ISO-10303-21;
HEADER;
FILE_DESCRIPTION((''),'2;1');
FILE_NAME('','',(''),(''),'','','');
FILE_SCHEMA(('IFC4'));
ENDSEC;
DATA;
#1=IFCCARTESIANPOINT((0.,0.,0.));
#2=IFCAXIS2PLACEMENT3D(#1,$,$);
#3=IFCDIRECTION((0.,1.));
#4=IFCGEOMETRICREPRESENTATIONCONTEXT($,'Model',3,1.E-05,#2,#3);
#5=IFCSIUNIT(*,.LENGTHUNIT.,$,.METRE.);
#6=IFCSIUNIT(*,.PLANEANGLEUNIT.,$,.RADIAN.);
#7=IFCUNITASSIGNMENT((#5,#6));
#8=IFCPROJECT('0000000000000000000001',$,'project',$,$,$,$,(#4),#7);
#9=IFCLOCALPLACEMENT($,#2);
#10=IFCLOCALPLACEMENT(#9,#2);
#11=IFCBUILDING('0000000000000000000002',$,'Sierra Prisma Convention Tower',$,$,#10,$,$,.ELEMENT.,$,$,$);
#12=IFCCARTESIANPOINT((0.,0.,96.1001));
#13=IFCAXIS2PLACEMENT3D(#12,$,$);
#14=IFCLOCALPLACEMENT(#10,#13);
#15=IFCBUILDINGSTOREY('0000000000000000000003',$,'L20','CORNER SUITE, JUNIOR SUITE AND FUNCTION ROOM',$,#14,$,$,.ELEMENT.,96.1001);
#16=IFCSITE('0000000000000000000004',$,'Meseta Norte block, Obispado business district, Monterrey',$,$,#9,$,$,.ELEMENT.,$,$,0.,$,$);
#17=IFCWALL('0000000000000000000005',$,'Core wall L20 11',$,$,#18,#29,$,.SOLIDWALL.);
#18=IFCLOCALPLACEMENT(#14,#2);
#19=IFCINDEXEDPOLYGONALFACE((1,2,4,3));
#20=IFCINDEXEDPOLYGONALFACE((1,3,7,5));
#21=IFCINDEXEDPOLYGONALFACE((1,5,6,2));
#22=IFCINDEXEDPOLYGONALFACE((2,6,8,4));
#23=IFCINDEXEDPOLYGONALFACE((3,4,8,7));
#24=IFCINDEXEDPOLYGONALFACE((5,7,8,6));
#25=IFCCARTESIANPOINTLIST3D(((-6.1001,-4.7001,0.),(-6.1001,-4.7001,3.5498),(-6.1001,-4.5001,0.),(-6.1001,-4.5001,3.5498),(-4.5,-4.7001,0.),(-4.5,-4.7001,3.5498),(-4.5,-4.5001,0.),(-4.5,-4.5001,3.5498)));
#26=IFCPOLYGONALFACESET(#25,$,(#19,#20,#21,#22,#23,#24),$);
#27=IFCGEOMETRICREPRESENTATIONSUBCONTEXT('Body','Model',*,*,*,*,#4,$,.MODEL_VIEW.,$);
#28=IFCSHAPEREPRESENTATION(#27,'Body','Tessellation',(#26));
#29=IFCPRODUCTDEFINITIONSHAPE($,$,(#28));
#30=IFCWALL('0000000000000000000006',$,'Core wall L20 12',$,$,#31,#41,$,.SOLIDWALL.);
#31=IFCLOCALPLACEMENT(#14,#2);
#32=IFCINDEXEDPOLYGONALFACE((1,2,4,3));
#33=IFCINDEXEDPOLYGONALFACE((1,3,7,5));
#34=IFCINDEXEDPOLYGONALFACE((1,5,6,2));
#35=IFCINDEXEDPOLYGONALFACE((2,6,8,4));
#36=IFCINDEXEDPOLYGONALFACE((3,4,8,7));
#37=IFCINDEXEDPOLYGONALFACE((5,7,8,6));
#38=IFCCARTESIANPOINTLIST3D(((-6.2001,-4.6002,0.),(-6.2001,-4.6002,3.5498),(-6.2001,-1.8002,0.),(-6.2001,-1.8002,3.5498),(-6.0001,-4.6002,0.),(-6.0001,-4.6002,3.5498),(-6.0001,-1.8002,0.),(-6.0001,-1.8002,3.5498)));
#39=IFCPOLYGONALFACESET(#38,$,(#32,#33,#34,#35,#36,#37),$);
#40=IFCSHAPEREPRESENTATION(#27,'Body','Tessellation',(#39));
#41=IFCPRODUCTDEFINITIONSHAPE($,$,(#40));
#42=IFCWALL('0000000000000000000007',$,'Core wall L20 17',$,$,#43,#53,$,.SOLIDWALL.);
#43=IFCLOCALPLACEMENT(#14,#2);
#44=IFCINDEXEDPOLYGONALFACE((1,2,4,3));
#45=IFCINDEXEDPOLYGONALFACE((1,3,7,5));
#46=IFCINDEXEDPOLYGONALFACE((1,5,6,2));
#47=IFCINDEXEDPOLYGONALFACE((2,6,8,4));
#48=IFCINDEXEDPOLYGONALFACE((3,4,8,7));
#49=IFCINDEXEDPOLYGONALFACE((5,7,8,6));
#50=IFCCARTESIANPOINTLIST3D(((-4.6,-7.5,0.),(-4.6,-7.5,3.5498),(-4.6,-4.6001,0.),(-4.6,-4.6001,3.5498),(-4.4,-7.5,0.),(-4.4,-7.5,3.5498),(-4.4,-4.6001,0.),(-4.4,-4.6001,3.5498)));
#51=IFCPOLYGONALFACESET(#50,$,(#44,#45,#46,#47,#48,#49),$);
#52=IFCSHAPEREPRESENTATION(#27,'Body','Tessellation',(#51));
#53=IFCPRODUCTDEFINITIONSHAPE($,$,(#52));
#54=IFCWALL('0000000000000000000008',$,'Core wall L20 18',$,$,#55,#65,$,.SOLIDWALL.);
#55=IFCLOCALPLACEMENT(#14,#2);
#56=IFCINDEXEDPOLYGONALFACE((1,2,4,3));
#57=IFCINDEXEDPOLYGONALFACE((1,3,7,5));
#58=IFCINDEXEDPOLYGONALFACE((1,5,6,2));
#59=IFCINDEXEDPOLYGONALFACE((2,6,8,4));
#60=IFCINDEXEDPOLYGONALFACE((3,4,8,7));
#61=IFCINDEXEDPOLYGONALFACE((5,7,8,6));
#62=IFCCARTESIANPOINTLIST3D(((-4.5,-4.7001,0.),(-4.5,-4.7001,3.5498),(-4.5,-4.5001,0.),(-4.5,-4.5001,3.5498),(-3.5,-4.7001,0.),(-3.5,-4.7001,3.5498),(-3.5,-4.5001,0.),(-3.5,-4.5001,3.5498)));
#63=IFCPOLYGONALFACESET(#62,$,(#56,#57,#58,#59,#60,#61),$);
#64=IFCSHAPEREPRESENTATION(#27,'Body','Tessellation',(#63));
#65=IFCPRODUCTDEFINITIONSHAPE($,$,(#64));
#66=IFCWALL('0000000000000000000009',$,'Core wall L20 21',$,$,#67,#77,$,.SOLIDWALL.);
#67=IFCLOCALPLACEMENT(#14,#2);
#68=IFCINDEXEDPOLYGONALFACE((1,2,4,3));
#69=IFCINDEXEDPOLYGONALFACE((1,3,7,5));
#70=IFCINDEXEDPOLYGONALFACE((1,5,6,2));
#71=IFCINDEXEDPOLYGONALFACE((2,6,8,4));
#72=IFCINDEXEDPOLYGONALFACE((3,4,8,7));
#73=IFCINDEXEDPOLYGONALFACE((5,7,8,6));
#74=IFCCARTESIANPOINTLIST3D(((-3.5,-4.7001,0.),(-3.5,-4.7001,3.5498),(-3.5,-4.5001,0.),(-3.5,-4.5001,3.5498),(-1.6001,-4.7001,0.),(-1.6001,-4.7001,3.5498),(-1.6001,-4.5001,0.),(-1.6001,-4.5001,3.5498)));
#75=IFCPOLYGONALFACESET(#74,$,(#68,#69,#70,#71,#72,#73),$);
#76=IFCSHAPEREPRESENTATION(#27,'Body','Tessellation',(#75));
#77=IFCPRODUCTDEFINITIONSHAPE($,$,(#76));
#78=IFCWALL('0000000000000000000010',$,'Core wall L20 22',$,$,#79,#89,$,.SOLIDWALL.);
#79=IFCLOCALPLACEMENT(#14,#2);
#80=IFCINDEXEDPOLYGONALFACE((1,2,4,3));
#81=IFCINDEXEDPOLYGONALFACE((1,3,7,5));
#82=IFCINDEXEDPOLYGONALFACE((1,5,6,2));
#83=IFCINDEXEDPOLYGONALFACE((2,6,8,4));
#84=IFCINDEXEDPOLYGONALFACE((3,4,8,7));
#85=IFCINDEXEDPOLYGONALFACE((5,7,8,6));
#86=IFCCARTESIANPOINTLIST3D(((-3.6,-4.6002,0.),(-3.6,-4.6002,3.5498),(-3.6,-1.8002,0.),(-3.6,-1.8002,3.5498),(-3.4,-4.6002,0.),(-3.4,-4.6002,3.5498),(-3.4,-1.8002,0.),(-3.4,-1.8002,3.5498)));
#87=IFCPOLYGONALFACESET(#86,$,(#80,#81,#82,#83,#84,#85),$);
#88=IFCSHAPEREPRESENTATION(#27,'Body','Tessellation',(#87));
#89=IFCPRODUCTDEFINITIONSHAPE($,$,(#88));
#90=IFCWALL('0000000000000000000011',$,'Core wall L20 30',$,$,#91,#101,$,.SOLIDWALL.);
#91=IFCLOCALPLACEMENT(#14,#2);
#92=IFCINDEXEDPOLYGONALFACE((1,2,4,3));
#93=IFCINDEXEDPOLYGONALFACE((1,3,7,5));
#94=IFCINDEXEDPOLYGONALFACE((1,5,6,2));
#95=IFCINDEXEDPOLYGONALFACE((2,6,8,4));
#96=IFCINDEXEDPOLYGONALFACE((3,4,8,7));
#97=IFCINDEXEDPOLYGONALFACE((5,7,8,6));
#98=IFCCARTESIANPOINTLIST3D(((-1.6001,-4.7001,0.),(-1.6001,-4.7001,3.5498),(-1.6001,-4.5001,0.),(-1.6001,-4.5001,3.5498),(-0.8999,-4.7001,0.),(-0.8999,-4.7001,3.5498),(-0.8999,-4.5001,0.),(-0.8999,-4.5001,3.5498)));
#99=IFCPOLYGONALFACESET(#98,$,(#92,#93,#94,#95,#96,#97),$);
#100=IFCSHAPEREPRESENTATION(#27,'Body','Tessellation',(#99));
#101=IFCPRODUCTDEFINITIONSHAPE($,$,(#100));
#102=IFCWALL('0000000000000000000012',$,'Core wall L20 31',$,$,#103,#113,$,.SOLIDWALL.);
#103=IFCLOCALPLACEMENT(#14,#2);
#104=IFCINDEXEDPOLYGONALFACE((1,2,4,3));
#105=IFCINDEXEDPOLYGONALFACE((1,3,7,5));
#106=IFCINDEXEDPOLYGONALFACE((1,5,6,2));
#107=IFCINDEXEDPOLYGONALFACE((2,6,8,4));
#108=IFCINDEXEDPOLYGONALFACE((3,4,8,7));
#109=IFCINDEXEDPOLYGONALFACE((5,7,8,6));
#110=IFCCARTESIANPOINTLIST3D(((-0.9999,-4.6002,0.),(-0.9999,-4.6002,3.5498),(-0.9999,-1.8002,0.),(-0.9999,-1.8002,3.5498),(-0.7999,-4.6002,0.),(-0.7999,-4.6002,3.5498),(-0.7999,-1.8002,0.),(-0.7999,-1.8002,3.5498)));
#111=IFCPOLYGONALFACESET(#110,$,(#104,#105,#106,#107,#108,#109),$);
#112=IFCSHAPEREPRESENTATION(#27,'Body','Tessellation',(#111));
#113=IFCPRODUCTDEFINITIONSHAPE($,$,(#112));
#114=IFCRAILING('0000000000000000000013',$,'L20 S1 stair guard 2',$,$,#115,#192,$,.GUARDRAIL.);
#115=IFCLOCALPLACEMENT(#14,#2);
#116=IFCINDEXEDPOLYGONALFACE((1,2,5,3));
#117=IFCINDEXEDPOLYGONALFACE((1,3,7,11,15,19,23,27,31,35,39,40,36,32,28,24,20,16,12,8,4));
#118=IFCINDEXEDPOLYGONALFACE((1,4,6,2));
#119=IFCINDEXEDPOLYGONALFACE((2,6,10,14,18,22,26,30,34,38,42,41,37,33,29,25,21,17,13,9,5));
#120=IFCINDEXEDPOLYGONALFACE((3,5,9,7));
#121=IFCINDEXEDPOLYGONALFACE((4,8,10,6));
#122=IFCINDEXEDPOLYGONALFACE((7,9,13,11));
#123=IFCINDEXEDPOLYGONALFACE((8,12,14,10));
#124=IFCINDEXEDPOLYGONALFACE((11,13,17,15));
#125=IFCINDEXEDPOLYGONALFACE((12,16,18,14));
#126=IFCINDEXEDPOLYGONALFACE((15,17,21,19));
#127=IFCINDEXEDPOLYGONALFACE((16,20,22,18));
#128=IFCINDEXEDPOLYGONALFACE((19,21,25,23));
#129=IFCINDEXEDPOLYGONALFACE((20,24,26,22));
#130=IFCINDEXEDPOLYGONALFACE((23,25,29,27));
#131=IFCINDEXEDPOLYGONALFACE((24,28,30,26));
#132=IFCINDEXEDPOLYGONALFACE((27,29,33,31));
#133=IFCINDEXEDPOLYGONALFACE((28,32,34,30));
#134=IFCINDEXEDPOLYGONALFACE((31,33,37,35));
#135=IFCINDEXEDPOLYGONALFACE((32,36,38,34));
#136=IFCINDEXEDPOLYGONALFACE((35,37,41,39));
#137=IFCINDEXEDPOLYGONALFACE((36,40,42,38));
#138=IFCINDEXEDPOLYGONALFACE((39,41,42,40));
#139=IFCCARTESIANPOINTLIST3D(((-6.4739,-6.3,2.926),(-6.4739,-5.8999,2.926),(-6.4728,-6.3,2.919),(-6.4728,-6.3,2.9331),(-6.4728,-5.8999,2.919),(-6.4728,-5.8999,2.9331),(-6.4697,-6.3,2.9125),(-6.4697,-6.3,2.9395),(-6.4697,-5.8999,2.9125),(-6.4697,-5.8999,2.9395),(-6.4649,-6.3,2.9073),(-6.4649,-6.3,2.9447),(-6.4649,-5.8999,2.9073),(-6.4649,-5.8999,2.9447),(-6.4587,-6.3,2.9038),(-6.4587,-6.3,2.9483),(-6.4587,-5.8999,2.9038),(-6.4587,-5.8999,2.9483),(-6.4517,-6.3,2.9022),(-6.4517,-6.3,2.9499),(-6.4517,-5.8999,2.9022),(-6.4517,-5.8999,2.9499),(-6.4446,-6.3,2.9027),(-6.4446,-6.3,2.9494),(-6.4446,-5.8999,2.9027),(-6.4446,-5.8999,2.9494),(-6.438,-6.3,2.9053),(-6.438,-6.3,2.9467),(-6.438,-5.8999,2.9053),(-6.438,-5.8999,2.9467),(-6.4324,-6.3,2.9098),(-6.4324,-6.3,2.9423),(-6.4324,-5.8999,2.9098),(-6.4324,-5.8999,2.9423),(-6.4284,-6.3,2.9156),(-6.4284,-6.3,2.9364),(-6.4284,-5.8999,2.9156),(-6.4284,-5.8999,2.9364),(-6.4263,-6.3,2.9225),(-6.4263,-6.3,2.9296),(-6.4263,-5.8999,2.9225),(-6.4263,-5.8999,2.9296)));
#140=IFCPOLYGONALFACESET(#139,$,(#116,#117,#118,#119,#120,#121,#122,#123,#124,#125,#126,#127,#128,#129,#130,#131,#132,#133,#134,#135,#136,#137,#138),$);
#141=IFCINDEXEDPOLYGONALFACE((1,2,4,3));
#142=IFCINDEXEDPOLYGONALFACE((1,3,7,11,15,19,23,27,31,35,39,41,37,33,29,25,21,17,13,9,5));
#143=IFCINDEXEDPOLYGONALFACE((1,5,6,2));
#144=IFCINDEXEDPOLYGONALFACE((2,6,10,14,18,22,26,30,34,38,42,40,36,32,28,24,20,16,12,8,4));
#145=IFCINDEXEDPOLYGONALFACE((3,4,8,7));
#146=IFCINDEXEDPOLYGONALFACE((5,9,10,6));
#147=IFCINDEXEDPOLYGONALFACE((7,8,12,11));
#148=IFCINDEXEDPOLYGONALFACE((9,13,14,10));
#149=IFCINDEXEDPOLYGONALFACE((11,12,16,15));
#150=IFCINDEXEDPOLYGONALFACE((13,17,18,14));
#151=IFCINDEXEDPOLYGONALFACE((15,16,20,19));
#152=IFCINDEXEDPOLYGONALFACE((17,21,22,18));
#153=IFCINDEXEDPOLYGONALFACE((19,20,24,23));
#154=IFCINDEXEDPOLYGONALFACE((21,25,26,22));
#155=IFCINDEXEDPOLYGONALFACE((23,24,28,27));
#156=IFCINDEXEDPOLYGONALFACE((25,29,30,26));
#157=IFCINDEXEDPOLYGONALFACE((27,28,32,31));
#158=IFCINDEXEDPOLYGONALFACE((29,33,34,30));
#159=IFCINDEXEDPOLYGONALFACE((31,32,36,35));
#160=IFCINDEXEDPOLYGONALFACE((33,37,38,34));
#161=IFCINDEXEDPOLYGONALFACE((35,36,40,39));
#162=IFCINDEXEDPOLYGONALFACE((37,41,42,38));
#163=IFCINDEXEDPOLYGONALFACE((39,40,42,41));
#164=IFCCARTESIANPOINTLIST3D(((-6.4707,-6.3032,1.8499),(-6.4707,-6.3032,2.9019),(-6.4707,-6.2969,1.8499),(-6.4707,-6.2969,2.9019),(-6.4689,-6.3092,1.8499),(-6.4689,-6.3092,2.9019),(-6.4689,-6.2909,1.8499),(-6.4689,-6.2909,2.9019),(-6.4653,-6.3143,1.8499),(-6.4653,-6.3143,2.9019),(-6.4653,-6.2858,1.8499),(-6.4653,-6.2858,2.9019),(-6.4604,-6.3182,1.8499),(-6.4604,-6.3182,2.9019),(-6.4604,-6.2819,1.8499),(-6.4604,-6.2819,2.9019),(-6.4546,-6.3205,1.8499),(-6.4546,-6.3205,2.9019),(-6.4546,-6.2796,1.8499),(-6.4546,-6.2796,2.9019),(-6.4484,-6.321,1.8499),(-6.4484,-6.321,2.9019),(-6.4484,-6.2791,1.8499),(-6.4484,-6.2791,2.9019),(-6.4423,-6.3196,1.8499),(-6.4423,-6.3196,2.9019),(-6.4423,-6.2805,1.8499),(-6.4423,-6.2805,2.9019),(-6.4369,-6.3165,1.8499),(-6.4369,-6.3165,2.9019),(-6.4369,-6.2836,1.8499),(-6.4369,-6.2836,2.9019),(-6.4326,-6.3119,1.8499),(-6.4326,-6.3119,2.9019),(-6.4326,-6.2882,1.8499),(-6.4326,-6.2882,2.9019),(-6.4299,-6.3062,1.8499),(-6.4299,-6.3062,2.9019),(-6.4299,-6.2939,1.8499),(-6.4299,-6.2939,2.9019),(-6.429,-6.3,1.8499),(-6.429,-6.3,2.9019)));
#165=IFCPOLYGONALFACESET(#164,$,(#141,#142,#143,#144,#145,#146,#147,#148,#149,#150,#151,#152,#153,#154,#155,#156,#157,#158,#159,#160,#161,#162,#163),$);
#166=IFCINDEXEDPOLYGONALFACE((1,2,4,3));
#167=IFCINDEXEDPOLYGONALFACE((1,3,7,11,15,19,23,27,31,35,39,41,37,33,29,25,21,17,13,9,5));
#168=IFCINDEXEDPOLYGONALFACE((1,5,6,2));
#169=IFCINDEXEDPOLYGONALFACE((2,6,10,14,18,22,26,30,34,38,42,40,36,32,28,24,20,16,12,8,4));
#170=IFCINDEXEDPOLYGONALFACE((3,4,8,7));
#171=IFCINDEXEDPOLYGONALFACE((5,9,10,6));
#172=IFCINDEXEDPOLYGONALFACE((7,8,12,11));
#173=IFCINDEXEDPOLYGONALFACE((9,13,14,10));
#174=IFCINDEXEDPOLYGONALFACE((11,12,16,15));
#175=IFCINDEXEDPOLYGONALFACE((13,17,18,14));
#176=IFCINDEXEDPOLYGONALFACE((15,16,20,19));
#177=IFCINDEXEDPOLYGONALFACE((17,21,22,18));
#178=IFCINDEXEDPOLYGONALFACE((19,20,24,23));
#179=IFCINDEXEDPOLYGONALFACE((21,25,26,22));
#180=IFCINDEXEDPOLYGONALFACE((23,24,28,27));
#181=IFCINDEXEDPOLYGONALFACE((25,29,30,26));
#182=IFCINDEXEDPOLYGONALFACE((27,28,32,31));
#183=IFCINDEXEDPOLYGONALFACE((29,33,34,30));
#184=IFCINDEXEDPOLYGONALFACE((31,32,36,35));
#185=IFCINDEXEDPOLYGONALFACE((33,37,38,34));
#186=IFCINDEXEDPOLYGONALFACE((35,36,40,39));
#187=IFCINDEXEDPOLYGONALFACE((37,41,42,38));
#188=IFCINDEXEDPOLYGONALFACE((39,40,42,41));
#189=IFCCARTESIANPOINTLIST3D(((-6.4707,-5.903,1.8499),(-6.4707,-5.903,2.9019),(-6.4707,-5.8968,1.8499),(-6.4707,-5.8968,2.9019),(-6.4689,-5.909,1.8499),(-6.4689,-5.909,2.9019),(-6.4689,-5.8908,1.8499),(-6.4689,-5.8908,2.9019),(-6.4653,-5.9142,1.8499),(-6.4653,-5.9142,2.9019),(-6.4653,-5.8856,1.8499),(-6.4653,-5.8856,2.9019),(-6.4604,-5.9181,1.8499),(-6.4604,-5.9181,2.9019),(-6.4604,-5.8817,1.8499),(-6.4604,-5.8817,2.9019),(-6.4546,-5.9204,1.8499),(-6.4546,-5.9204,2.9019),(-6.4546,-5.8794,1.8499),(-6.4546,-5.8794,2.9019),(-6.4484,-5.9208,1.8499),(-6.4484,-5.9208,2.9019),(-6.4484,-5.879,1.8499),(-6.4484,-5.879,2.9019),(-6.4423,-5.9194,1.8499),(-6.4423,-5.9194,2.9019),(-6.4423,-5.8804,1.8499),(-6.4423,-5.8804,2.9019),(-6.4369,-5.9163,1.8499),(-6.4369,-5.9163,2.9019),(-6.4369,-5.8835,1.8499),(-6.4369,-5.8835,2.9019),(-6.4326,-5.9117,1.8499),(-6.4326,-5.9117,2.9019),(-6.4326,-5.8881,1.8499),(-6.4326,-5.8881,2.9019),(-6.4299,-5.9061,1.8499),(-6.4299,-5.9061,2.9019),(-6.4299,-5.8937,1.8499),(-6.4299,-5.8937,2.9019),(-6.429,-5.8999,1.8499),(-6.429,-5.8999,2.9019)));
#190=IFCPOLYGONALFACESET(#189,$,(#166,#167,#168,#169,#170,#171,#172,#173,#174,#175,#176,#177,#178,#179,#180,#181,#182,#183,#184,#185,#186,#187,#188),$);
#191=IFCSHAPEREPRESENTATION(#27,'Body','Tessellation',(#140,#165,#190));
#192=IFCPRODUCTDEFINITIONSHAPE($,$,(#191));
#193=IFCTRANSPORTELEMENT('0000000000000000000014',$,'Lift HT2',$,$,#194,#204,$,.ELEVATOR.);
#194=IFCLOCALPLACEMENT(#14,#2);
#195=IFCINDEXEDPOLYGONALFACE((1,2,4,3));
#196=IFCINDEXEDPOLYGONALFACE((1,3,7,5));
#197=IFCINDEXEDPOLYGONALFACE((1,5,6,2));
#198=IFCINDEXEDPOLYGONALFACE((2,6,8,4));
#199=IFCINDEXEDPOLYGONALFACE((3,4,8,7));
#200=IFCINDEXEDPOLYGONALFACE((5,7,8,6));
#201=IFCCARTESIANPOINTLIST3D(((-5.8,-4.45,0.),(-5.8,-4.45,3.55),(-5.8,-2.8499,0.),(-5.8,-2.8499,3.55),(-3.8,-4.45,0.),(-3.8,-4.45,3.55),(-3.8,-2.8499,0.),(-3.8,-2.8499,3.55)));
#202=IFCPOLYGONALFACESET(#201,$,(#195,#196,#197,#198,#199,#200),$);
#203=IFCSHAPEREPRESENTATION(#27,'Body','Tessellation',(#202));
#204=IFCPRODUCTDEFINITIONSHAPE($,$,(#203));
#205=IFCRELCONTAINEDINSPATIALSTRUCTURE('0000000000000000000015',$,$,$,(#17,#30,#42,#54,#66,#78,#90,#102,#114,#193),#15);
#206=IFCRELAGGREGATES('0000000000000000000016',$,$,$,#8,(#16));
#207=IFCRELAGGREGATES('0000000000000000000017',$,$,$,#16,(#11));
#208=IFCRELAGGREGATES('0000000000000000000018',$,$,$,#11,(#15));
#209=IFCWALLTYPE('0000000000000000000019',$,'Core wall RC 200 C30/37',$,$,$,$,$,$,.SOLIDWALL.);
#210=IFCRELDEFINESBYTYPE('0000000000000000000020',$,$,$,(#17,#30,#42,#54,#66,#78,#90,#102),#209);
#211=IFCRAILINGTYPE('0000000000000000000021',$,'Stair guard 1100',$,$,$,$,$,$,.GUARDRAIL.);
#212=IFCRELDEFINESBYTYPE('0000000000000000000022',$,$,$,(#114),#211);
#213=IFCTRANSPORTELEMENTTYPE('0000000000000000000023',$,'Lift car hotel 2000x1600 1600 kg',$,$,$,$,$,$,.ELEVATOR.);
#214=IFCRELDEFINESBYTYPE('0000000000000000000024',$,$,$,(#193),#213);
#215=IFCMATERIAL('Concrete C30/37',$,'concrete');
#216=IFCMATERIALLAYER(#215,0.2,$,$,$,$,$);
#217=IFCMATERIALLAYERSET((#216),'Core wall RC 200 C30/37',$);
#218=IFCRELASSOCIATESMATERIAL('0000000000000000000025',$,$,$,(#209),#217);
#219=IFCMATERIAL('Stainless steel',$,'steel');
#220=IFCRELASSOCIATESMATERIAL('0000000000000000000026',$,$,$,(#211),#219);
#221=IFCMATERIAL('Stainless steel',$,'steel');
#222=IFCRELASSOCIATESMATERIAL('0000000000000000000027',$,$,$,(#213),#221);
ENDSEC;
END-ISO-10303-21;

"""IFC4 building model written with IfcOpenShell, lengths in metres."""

from ifc_helpers import new_model, si_unit, direction, frame, frame_2d, origin, origin_2d, place, context, subcontext, project, spatial, rectangle, circle, extrude, material, layer, layer_set, type_object, element, save


model = new_model("IFC4")

# Units and contexts
model_context = context("Model", 3, precision=1e-05, world=origin(), true_north=direction((0.0, 1.0)))
body_context = subcontext(model_context, "Body", "Model", "MODEL_VIEW")
ifc_project = project(units=[si_unit("LENGTHUNIT", "METRE"), si_unit("PLANEANGLEUNIT", "RADIAN")], contexts=[model_context])

# Site, building, storey
site_placement = place(None, origin())
site = spatial("IfcSite", under=ifc_project, at=site_placement, Name="Meseta Norte block, Obispado business district, Monterrey", CompositionType="ELEMENT", RefElevation=0.0)
building_placement = place(site_placement, origin())
building = spatial("IfcBuilding", under=site, at=building_placement, Name="Sierra Prisma Convention Tower", CompositionType="ELEMENT")
storey_placement = place(building_placement, frame((0.0, 0.0, 96.1001)))
storey = spatial("IfcBuildingStorey", under=building, at=storey_placement, Name="L20", Description="CORNER SUITE, JUNIOR SUITE AND FUNCTION ROOM", CompositionType="ELEMENT", Elevation=96.1001)

# Walls
ifc_material_1 = material(Name="Concrete C30/37", Category="concrete")
ifc_layer = layer(ifc_material_1, 0.2)
ifc_layer_set = layer_set([ifc_layer], Name="Core wall RC 200 C30/37")
wall_type = type_object("IfcWallType", Name="Core wall RC 200 C30/37", PredefinedType="SOLIDWALL", material=ifc_layer_set)
wall_1_placement = place(storey_placement, frame((-6.1001, -4.6001, 0.0), z_axis=(0.0, 0.0, 1.0), x_axis=(1.0, 0.0, 0.0)))
element("IfcWall", 1, at=wall_1_placement, inside=storey, type_object=wall_type, Name="Core wall L20 11", PredefinedType="SOLIDWALL", context=body_context, shape_type="SweptSolid", body=[
    extrude(rectangle(XDim=1.6001, YDim=0.2, at=frame_2d((0.8, 0.0))), origin(), (0.0, 0.0, 1.0), 3.5498),
])
wall_2_placement = place(storey_placement, frame((-6.1001, -4.6001, 0.0), z_axis=(0.0, 0.0, 1.0), x_axis=(0.0, 1.0, 0.0)))
element("IfcWall", 2, at=wall_2_placement, inside=storey, type_object=wall_type, Name="Core wall L20 12", PredefinedType="SOLIDWALL", context=body_context, shape_type="SweptSolid", body=[
    extrude(rectangle(XDim=2.8, YDim=0.2, at=frame_2d((1.3999, 0.0))), origin(), (0.0, 0.0, 1.0), 3.5498),
])

# Walls
wall_3_placement = place(storey_placement, frame((-4.5, -4.6001, 0.0), z_axis=(0.0, 0.0, 1.0), x_axis=(0.0, -1.0, 0.0)))
element("IfcWall", 3, at=wall_3_placement, inside=storey, type_object=wall_type, Name="Core wall L20 17", PredefinedType="SOLIDWALL", context=body_context, shape_type="SweptSolid", body=[
    extrude(rectangle(XDim=2.8999, YDim=0.2, at=frame_2d((1.45, 0.0))), origin(), (0.0, 0.0, 1.0), 3.5498),
])
wall_4_placement = place(storey_placement, frame((-4.5, -4.6001, 0.0), z_axis=(0.0, 0.0, 1.0), x_axis=(1.0, 0.0, 0.0)))
element("IfcWall", 4, at=wall_4_placement, inside=storey, type_object=wall_type, Name="Core wall L20 18", PredefinedType="SOLIDWALL", context=body_context, shape_type="SweptSolid", body=[
    extrude(rectangle(XDim=1.0, YDim=0.2, at=frame_2d((0.5, 0.0))), origin(), (0.0, 0.0, 1.0), 3.5498),
])
wall_5_placement = place(storey_placement, frame((-3.5, -4.6001, 0.0), z_axis=(0.0, 0.0, 1.0), x_axis=(1.0, 0.0, 0.0)))
element("IfcWall", 5, at=wall_5_placement, inside=storey, type_object=wall_type, Name="Core wall L20 21", PredefinedType="SOLIDWALL", context=body_context, shape_type="SweptSolid", body=[
    extrude(rectangle(XDim=1.8999, YDim=0.2, at=frame_2d((0.95, 0.0))), origin(), (0.0, 0.0, 1.0), 3.5498),
])
wall_6_placement = place(storey_placement, frame((-3.5, -4.6001, 0.0), z_axis=(0.0, 0.0, 1.0), x_axis=(0.0, 1.0, 0.0)))
element("IfcWall", 6, at=wall_6_placement, inside=storey, type_object=wall_type, Name="Core wall L20 22", PredefinedType="SOLIDWALL", context=body_context, shape_type="SweptSolid", body=[
    extrude(rectangle(XDim=2.8, YDim=0.2, at=frame_2d((1.3999, 0.0))), origin(), (0.0, 0.0, 1.0), 3.5498),
])

# Walls
wall_7_placement = place(storey_placement, frame((-1.6001, -4.6001, 0.0), z_axis=(0.0, 0.0, 1.0), x_axis=(1.0, 0.0, 0.0)))
element("IfcWall", 7, at=wall_7_placement, inside=storey, type_object=wall_type, Name="Core wall L20 30", PredefinedType="SOLIDWALL", context=body_context, shape_type="SweptSolid", body=[
    extrude(rectangle(XDim=0.7002, YDim=0.2, at=frame_2d((0.3501, 0.0))), origin(), (0.0, 0.0, 1.0), 3.5498),
])
wall_8_placement = place(storey_placement, frame((-0.8999, -4.6001, 0.0), z_axis=(0.0, 0.0, 1.0), x_axis=(0.0, 1.0, 0.0)))
element("IfcWall", 8, at=wall_8_placement, inside=storey, type_object=wall_type, Name="Core wall L20 31", PredefinedType="SOLIDWALL", context=body_context, shape_type="SweptSolid", body=[
    extrude(rectangle(XDim=2.8, YDim=0.2, at=frame_2d((1.3999, 0.0))), origin(), (0.0, 0.0, 1.0), 3.5498),
])

# Railing
ifc_material_2 = material(Name="Stainless steel", Category="steel")
railing_type = type_object("IfcRailingType", Name="Stair guard 1100", PredefinedType="GUARDRAIL", material=ifc_material_2)
railing_placement = place(storey_placement, frame((-6.45, -6.3, 1.8499)))
element("IfcRailing", 9, at=railing_placement, inside=storey, type_object=railing_type, Name="L20 S1 stair guard 2", PredefinedType="GUARDRAIL", context=body_context, shape_type="SweptSolid", body=[
    extrude(circle(Radius=0.0239, at=origin_2d()), frame((0.0, 0.0, 1.0762), z_axis=(0.0, 1.0, 0.0), x_axis=(-1.0, 0.0, 0.0)), (0.0, 0.0, 1.0), 0.4001),
    extrude(circle(Radius=0.021, at=origin_2d()), origin(), (0.0, 0.0, 1.0), 1.052),
    extrude(circle(Radius=0.021, at=origin_2d()), frame((0.0, 0.4001, 0.0)), (0.0, 0.0, 1.0), 1.052),
])

# Transport element
ifc_material_3 = material(Name="Stainless steel", Category="steel")
transport_element_type = type_object("IfcTransportElementType", Name="Lift car hotel 2000x1600 1600 kg", PredefinedType="ELEVATOR", material=ifc_material_3)
for number, where, z_axis, x_axis, name in (
    (10, (-4.8, -3.6499, 0.0), (0.0, 0.0, 1.0), (1.0, 0.0, 0.0), "Lift HT2"),
):
    element("IfcTransportElement", number, at=place(storey_placement, frame(where, z_axis=z_axis, x_axis=x_axis)), inside=storey, type_object=transport_element_type, Name=name, PredefinedType="ELEVATOR", context=body_context, shape_type="SweptSolid", body=[
        extrude(rectangle(XDim=2.0, YDim=1.6001, at=origin_2d()), origin(), (0.0, 0.0, 1.0), 3.55),
    ])

save(model, "model.ifc")
